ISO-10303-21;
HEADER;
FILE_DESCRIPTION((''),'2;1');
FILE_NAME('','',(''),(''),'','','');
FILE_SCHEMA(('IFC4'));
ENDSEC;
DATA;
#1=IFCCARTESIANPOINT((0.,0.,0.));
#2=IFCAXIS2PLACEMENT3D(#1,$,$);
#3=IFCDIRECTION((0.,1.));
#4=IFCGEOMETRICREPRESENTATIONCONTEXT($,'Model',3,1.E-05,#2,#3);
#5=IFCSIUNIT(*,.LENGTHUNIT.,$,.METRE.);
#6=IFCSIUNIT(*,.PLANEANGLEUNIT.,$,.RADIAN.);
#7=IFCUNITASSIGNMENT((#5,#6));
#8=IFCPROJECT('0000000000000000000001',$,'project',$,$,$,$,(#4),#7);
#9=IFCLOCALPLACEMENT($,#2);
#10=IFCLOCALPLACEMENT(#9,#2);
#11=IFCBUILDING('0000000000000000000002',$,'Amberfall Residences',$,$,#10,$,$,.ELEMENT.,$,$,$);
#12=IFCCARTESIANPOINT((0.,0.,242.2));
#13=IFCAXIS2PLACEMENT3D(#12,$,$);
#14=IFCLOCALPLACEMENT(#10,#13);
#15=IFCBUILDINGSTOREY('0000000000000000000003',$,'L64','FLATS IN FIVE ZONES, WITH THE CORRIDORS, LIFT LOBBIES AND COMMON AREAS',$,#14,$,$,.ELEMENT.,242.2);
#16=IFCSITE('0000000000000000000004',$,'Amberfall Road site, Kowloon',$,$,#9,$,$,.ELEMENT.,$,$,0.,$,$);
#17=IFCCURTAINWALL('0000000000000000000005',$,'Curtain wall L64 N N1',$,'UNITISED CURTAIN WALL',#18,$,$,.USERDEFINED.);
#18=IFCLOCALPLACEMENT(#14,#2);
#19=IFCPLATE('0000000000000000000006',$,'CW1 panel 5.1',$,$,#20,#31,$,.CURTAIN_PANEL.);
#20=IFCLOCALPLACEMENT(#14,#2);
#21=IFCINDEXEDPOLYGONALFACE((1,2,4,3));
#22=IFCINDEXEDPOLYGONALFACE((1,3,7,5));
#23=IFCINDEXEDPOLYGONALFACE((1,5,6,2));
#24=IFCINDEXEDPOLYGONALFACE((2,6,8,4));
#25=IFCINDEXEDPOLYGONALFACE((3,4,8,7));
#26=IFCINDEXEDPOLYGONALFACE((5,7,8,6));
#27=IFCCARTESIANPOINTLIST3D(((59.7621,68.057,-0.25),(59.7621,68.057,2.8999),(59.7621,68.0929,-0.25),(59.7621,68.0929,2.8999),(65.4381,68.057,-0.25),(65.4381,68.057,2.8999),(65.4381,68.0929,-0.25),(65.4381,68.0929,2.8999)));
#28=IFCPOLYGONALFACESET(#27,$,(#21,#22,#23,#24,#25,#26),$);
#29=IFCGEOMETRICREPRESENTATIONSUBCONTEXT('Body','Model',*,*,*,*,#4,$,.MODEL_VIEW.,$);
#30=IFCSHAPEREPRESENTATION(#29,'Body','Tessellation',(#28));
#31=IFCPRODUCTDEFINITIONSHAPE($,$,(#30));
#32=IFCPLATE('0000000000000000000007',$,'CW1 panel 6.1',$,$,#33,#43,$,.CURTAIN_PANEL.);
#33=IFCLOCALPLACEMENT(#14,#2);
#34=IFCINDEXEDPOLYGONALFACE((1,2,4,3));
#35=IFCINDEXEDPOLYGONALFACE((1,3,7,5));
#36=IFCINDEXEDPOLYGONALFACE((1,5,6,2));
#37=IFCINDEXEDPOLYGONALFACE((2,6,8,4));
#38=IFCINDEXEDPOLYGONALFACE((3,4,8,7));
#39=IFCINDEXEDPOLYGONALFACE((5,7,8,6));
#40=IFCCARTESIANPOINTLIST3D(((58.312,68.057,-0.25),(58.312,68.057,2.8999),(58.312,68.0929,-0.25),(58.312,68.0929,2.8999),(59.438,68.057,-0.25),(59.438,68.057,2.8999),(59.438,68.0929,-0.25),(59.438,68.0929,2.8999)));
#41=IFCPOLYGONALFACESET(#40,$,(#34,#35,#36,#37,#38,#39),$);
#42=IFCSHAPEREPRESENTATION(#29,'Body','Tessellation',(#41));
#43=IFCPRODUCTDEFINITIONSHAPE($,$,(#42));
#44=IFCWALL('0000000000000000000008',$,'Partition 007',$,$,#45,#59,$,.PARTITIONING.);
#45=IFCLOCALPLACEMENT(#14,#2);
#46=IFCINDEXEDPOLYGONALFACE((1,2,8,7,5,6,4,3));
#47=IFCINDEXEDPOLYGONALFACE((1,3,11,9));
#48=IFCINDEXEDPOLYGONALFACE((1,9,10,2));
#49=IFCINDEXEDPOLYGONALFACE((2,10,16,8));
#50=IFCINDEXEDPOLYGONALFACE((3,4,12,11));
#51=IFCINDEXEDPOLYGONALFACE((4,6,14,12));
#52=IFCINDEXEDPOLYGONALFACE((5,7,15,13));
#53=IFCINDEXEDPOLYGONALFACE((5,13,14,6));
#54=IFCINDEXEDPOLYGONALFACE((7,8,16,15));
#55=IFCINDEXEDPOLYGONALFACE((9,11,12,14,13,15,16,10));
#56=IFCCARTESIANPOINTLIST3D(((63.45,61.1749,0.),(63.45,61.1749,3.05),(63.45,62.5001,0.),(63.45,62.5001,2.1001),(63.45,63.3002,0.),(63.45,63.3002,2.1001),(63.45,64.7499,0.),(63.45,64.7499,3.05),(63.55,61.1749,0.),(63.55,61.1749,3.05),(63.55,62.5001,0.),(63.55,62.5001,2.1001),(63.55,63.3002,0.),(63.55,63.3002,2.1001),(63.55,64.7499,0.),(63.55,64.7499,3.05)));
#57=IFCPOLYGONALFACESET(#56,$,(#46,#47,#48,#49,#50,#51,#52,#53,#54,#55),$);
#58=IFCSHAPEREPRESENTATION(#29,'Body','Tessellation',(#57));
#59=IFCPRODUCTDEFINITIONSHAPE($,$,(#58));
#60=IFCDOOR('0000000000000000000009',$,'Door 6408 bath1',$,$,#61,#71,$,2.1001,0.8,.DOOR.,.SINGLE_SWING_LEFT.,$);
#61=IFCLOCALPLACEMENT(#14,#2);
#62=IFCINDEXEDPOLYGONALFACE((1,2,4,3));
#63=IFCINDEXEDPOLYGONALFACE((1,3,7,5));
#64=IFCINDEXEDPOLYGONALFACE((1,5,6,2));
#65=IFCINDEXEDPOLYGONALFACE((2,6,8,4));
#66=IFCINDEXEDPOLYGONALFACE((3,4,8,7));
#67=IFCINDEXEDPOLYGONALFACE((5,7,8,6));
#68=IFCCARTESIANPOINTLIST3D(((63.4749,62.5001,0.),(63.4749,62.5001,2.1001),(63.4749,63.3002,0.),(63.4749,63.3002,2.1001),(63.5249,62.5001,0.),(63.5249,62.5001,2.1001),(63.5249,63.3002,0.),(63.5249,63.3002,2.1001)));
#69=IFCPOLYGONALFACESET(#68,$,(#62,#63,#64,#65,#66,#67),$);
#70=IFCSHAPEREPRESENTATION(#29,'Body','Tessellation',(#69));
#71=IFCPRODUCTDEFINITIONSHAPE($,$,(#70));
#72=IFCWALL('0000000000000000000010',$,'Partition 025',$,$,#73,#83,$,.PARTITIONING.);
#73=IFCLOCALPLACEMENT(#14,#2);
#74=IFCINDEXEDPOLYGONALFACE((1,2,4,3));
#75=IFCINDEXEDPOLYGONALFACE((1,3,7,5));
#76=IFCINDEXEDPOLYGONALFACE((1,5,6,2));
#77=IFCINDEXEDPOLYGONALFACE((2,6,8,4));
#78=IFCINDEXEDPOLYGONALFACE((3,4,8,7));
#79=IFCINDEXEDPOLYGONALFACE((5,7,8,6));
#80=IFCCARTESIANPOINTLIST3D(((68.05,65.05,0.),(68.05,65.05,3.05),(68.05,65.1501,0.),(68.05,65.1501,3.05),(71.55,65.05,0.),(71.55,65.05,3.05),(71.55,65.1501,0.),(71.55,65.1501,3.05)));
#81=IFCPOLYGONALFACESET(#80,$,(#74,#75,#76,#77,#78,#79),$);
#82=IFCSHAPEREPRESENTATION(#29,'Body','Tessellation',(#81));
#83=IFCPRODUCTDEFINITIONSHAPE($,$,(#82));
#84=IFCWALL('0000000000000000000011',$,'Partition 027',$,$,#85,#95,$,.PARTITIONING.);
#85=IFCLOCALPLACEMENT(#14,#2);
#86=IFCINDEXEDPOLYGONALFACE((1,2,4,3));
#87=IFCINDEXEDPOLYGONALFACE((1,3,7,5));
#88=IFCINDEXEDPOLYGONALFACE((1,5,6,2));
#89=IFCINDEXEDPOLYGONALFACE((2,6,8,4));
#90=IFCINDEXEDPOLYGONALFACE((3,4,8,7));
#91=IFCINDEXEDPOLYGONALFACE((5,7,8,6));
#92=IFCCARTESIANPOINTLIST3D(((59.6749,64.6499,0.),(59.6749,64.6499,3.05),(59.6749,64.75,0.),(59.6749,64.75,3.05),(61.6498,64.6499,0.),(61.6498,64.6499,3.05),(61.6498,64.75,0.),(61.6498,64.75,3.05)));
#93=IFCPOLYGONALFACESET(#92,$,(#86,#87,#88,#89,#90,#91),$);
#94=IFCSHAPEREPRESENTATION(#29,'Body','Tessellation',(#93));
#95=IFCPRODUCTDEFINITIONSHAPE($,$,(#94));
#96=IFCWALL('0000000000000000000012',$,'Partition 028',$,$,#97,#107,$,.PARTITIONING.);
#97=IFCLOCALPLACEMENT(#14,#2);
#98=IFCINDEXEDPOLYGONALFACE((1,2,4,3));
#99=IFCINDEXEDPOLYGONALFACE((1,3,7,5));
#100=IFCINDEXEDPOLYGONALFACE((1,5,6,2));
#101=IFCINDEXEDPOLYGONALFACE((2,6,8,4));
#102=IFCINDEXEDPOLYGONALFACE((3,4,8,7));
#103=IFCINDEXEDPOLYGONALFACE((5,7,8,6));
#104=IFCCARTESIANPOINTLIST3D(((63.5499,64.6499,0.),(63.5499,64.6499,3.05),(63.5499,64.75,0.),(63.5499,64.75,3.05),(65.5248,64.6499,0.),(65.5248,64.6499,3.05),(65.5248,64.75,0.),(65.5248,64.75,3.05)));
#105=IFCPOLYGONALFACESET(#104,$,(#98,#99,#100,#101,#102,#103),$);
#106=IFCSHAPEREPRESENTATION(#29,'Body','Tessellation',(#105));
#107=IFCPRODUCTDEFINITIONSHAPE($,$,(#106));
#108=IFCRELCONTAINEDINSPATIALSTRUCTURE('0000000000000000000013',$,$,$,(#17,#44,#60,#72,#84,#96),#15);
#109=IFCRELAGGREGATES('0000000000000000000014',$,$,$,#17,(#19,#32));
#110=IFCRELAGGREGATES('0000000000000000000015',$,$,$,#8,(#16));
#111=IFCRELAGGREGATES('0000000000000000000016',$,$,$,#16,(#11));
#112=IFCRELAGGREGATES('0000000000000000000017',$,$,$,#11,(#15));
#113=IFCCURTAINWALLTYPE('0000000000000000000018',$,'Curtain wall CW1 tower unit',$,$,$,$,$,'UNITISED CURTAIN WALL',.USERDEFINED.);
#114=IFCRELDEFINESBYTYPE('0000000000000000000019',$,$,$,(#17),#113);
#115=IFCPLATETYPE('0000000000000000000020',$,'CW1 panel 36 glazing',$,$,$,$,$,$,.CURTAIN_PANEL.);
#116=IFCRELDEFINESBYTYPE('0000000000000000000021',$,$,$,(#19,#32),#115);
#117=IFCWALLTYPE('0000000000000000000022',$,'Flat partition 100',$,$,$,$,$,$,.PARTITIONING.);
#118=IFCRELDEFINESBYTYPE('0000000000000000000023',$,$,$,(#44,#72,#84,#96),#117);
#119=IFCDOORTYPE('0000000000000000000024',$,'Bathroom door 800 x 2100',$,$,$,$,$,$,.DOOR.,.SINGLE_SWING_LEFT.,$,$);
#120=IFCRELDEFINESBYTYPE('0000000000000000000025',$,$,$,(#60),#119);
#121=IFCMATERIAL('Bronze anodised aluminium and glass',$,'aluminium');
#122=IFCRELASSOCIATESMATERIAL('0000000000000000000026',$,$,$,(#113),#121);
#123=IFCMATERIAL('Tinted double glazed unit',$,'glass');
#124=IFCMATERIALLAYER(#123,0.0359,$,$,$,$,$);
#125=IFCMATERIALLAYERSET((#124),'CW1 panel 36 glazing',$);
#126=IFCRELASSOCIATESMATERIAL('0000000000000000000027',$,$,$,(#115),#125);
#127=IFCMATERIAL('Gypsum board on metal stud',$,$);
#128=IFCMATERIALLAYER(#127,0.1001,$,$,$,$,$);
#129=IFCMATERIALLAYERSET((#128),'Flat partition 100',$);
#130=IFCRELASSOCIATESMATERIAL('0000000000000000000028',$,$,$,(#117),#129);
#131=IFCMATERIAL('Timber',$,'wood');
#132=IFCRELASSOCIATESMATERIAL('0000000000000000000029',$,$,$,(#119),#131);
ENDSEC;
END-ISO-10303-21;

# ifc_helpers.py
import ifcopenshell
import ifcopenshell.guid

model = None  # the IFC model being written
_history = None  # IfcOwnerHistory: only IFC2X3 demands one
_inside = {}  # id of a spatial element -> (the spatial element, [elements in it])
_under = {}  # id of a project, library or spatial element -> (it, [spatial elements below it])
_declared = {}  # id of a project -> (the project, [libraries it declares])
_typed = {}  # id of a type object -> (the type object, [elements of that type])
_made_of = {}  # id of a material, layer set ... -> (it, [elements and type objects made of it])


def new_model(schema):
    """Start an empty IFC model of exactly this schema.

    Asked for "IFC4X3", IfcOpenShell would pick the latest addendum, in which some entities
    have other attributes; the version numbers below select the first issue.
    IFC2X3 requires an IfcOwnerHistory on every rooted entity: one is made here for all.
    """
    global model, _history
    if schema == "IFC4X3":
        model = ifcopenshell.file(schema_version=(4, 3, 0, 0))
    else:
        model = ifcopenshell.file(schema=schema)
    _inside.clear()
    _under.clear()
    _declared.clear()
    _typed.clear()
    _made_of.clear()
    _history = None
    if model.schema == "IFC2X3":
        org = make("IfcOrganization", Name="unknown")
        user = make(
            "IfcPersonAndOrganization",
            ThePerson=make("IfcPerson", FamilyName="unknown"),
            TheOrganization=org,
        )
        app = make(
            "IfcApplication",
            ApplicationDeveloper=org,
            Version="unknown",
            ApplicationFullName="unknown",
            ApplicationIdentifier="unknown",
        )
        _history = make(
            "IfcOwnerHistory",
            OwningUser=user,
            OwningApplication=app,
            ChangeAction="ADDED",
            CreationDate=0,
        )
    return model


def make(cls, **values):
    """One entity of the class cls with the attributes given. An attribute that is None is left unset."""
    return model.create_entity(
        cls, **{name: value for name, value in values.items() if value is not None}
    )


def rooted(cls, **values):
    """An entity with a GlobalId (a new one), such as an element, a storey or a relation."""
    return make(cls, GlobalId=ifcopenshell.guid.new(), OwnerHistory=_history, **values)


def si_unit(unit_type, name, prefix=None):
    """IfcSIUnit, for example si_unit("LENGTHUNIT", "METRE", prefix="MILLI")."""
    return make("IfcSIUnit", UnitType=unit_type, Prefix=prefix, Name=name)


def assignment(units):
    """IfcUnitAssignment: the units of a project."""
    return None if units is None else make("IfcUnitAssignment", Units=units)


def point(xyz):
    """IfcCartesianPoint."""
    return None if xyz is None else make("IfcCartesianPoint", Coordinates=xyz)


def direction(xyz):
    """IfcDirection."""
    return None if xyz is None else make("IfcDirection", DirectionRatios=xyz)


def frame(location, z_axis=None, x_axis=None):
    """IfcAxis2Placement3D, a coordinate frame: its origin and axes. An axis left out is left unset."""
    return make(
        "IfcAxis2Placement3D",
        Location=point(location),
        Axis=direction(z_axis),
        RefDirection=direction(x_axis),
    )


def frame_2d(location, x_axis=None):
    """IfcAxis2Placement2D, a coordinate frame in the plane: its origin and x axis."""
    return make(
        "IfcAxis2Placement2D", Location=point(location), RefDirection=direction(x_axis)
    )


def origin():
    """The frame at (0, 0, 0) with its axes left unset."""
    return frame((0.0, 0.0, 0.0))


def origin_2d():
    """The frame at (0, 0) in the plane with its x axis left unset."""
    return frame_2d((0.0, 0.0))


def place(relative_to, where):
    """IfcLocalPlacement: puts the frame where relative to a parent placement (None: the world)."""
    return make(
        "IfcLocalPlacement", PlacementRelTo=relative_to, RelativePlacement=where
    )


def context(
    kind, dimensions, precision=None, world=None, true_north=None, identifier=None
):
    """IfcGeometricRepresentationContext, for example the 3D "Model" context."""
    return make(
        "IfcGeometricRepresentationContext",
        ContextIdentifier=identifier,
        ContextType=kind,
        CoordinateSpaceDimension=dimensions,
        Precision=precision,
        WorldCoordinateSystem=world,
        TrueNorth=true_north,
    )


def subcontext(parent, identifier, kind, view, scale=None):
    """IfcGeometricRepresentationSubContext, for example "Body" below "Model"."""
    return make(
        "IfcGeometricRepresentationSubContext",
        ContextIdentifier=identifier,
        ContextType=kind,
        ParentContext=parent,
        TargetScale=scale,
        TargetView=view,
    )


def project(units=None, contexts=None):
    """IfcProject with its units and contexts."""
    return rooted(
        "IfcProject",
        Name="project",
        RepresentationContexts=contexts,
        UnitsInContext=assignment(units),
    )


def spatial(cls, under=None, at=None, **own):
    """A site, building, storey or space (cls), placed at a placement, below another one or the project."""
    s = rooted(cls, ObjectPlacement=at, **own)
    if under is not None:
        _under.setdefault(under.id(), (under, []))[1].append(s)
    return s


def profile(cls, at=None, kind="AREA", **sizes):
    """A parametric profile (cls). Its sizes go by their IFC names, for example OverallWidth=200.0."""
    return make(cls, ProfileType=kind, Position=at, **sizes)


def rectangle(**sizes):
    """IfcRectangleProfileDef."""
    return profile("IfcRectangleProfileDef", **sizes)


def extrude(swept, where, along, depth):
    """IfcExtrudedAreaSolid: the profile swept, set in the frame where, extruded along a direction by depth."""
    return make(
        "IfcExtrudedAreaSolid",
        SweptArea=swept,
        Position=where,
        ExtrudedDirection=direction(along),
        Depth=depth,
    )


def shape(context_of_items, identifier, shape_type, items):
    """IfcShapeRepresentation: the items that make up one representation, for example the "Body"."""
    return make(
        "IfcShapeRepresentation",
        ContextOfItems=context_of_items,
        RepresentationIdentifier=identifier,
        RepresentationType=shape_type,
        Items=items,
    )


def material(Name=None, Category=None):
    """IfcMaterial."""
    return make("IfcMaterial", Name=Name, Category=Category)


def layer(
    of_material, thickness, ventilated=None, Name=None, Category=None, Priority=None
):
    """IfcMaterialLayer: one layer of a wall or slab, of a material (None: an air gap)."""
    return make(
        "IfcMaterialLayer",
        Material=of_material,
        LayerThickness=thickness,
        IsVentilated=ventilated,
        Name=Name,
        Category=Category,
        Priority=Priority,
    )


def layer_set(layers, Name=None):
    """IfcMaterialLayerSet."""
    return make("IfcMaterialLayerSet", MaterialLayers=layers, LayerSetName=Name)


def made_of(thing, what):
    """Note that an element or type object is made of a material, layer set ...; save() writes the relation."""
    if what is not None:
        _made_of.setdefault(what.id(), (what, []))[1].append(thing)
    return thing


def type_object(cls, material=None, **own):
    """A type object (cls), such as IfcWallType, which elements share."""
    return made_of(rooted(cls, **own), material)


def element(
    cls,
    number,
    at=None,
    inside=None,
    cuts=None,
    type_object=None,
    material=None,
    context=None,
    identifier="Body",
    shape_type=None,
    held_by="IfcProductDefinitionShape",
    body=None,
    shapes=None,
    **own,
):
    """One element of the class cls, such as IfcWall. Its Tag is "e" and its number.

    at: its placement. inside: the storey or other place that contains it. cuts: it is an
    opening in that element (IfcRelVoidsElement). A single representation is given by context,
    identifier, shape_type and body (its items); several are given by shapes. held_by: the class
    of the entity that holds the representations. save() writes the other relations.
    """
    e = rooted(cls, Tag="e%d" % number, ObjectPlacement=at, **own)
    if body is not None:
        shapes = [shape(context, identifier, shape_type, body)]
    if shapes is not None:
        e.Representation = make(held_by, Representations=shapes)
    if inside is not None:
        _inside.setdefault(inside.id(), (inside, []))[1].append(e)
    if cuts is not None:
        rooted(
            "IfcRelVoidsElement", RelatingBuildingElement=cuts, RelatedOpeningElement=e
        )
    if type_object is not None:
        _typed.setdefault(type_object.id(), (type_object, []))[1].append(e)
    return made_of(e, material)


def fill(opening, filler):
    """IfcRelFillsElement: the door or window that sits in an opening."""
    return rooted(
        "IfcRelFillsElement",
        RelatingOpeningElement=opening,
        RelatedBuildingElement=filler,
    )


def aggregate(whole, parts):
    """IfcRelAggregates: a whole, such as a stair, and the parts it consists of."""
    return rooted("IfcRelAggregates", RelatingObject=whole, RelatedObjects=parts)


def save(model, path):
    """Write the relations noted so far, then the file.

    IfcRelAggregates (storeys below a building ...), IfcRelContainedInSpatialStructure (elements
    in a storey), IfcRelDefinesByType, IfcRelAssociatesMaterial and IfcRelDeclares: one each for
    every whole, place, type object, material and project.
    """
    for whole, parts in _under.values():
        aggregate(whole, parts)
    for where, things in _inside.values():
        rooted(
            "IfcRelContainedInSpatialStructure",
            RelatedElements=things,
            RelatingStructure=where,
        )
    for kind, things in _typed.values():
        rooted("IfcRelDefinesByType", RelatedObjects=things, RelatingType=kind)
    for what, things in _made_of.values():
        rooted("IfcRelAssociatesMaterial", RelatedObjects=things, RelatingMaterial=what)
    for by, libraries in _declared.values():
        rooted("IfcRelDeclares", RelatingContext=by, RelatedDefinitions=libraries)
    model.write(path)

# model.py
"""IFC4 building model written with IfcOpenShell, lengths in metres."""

from ifc_helpers import new_model, si_unit, direction, frame, frame_2d, origin, origin_2d, place, context, subcontext, project, spatial, rectangle, extrude, material, layer, layer_set, type_object, element, fill, aggregate, save


model = new_model("IFC4")

# Units and contexts
model_context = context("Model", 3, precision=1e-05, world=origin(), true_north=direction((0.0, 1.0)))
body_context = subcontext(model_context, "Body", "Model", "MODEL_VIEW")
ifc_project = project(units=[si_unit("LENGTHUNIT", "METRE"), si_unit("PLANEANGLEUNIT", "RADIAN")], contexts=[model_context])

# Site, building, storey
site_placement = place(None, origin())
site = spatial("IfcSite", under=ifc_project, at=site_placement, Name="Amberfall Road site, Kowloon", CompositionType="ELEMENT", RefElevation=0.0)
building_placement = place(site_placement, origin())
building = spatial("IfcBuilding", under=site, at=building_placement, Name="Amberfall Residences", CompositionType="ELEMENT")
storey_placement = place(building_placement, frame((0.0, 0.0, 242.2)))
storey = spatial("IfcBuildingStorey", under=building, at=storey_placement, Name="L64", Description="FLATS IN FIVE ZONES, WITH THE CORRIDORS, LIFT LOBBIES AND COMMON AREAS", CompositionType="ELEMENT", Elevation=242.2)

# Curtain wall
ifc_material_1 = material(Name="Bronze anodised aluminium and glass", Category="aluminium")
curtain_wall_type = type_object("IfcCurtainWallType", Name="Curtain wall CW1 tower unit", ElementType="UNITISED CURTAIN WALL", PredefinedType="USERDEFINED", material=ifc_material_1)
curtain_wall_placement = place(storey_placement, origin())
curtain_wall = element("IfcCurtainWall", 1, at=curtain_wall_placement, inside=storey, type_object=curtain_wall_type, Name="Curtain wall L64 N N1", ObjectType="UNITISED CURTAIN WALL", PredefinedType="USERDEFINED")

# Plates
ifc_material_2 = material(Name="Tinted double glazed unit", Category="glass")
ifc_layer_1 = layer(ifc_material_2, 0.0359)
ifc_layer_set_1 = layer_set([ifc_layer_1], Name="CW1 panel 36 glazing")
plate_type = type_object("IfcPlateType", Name="CW1 panel 36 glazing", PredefinedType="CURTAIN_PANEL", material=ifc_layer_set_1)
plate_1_placement = place(storey_placement, frame((62.6001, 68.075, -0.25), z_axis=(0.0, 0.0, 1.0), x_axis=(-1.0, 0.0, 0.0)))
plate_1 = element("IfcPlate", 2, at=plate_1_placement, type_object=plate_type, Name="CW1 panel 5.1", PredefinedType="CURTAIN_PANEL", context=body_context, shape_type="SweptSolid", body=[
    extrude(rectangle(XDim=5.676, YDim=0.0359, at=origin_2d()), origin(), (0.0, 0.0, 1.0), 3.1499),
])
plate_2_placement = place(storey_placement, frame((58.875, 68.075, -0.25), z_axis=(0.0, 0.0, 1.0), x_axis=(-1.0, 0.0, 0.0)))
plate_2 = element("IfcPlate", 3, at=plate_2_placement, type_object=plate_type, Name="CW1 panel 6.1", PredefinedType="CURTAIN_PANEL", context=body_context, shape_type="SweptSolid", body=[
    extrude(rectangle(XDim=1.126, YDim=0.0359, at=origin_2d()), origin(), (0.0, 0.0, 1.0), 3.1499),
])
aggregate(curtain_wall, [plate_1, plate_2])

# Wall, opening, door
ifc_material_3 = material(Name="Gypsum board on metal stud")
ifc_layer_2 = layer(ifc_material_3, 0.1001)
ifc_layer_set_2 = layer_set([ifc_layer_2], Name="Flat partition 100")
wall_type = type_object("IfcWallType", Name="Flat partition 100", PredefinedType="PARTITIONING", material=ifc_layer_set_2)
wall_1_placement = place(storey_placement, frame((63.5, 64.75, 0.0), z_axis=(0.0, 0.0, 1.0), x_axis=(0.0, -1.0, 0.0)))
wall_1 = element("IfcWall", 4, at=wall_1_placement, inside=storey, type_object=wall_type, Name="Partition 007", PredefinedType="PARTITIONING", context=body_context, shape_type="SweptSolid", body=[
    extrude(rectangle(XDim=3.575, YDim=0.1001, at=frame_2d((1.7876, 0.0))), origin(), (0.0, 0.0, 1.0), 3.05),
])
opening_placement = place(wall_1_placement, frame((1.45, 0.0, 0.0)))
opening = element("IfcOpeningElement", 5, at=opening_placement, cuts=wall_1, PredefinedType="OPENING", context=body_context, shape_type="SweptSolid", body=[
    extrude(rectangle(XDim=0.8, YDim=2.1001, at=frame_2d((0.3999, 1.05))), frame((0.0, 0.0601, 0.0), z_axis=(0.0, -1.0, 0.0), x_axis=(1.0, 0.0, 0.0)), (0.0, 0.0, 1.0), 0.1201),
])
ifc_material_4 = material(Name="Timber", Category="wood")
door_type = type_object("IfcDoorType", Name="Bathroom door 800 x 2100", OperationType="SINGLE_SWING_LEFT", PredefinedType="DOOR", material=ifc_material_4)
door_placement = place(opening_placement, origin())
door = element("IfcDoor", 6, at=door_placement, inside=storey, type_object=door_type, Name="Door 6408 bath1", OperationType="SINGLE_SWING_LEFT", OverallHeight=2.1001, OverallWidth=0.8, PredefinedType="DOOR", context=body_context, shape_type="SweptSolid", body=[
    extrude(rectangle(XDim=0.8, YDim=2.1001, at=frame_2d((0.3999, 1.05))), frame((0.0, 0.0249, 0.0), z_axis=(0.0, -1.0, 0.0), x_axis=(1.0, 0.0, 0.0)), (0.0, 0.0, 1.0), 0.05),
])
fill(opening, door)

# Walls
wall_2_placement = place(storey_placement, frame((68.05, 65.1001, 0.0), z_axis=(0.0, 0.0, 1.0), x_axis=(1.0, 0.0, 0.0)))
element("IfcWall", 7, at=wall_2_placement, inside=storey, type_object=wall_type, Name="Partition 025", PredefinedType="PARTITIONING", context=body_context, shape_type="SweptSolid", body=[
    extrude(rectangle(XDim=3.5, YDim=0.1001, at=frame_2d((1.75, 0.0))), origin(), (0.0, 0.0, 1.0), 3.05),
])
for number, where, z_axis, x_axis, name in (
    (8, (59.675, 64.7, 0.0), (0.0, 0.0, 1.0), (1.0, 0.0, 0.0), "Partition 027"),
    (9, (63.55, 64.7, 0.0), (0.0, 0.0, 1.0), (1.0, 0.0, 0.0), "Partition 028"),
):
    element("IfcWall", number, at=place(storey_placement, frame(where, z_axis=z_axis, x_axis=x_axis)), inside=storey, type_object=wall_type, Name=name, PredefinedType="PARTITIONING", context=body_context, shape_type="SweptSolid", body=[
        extrude(rectangle(XDim=1.9749, YDim=0.1001, at=frame_2d((0.9873, 0.0))), origin(), (0.0, 0.0, 1.0), 3.05),
    ])

save(model, "model.ifc")
